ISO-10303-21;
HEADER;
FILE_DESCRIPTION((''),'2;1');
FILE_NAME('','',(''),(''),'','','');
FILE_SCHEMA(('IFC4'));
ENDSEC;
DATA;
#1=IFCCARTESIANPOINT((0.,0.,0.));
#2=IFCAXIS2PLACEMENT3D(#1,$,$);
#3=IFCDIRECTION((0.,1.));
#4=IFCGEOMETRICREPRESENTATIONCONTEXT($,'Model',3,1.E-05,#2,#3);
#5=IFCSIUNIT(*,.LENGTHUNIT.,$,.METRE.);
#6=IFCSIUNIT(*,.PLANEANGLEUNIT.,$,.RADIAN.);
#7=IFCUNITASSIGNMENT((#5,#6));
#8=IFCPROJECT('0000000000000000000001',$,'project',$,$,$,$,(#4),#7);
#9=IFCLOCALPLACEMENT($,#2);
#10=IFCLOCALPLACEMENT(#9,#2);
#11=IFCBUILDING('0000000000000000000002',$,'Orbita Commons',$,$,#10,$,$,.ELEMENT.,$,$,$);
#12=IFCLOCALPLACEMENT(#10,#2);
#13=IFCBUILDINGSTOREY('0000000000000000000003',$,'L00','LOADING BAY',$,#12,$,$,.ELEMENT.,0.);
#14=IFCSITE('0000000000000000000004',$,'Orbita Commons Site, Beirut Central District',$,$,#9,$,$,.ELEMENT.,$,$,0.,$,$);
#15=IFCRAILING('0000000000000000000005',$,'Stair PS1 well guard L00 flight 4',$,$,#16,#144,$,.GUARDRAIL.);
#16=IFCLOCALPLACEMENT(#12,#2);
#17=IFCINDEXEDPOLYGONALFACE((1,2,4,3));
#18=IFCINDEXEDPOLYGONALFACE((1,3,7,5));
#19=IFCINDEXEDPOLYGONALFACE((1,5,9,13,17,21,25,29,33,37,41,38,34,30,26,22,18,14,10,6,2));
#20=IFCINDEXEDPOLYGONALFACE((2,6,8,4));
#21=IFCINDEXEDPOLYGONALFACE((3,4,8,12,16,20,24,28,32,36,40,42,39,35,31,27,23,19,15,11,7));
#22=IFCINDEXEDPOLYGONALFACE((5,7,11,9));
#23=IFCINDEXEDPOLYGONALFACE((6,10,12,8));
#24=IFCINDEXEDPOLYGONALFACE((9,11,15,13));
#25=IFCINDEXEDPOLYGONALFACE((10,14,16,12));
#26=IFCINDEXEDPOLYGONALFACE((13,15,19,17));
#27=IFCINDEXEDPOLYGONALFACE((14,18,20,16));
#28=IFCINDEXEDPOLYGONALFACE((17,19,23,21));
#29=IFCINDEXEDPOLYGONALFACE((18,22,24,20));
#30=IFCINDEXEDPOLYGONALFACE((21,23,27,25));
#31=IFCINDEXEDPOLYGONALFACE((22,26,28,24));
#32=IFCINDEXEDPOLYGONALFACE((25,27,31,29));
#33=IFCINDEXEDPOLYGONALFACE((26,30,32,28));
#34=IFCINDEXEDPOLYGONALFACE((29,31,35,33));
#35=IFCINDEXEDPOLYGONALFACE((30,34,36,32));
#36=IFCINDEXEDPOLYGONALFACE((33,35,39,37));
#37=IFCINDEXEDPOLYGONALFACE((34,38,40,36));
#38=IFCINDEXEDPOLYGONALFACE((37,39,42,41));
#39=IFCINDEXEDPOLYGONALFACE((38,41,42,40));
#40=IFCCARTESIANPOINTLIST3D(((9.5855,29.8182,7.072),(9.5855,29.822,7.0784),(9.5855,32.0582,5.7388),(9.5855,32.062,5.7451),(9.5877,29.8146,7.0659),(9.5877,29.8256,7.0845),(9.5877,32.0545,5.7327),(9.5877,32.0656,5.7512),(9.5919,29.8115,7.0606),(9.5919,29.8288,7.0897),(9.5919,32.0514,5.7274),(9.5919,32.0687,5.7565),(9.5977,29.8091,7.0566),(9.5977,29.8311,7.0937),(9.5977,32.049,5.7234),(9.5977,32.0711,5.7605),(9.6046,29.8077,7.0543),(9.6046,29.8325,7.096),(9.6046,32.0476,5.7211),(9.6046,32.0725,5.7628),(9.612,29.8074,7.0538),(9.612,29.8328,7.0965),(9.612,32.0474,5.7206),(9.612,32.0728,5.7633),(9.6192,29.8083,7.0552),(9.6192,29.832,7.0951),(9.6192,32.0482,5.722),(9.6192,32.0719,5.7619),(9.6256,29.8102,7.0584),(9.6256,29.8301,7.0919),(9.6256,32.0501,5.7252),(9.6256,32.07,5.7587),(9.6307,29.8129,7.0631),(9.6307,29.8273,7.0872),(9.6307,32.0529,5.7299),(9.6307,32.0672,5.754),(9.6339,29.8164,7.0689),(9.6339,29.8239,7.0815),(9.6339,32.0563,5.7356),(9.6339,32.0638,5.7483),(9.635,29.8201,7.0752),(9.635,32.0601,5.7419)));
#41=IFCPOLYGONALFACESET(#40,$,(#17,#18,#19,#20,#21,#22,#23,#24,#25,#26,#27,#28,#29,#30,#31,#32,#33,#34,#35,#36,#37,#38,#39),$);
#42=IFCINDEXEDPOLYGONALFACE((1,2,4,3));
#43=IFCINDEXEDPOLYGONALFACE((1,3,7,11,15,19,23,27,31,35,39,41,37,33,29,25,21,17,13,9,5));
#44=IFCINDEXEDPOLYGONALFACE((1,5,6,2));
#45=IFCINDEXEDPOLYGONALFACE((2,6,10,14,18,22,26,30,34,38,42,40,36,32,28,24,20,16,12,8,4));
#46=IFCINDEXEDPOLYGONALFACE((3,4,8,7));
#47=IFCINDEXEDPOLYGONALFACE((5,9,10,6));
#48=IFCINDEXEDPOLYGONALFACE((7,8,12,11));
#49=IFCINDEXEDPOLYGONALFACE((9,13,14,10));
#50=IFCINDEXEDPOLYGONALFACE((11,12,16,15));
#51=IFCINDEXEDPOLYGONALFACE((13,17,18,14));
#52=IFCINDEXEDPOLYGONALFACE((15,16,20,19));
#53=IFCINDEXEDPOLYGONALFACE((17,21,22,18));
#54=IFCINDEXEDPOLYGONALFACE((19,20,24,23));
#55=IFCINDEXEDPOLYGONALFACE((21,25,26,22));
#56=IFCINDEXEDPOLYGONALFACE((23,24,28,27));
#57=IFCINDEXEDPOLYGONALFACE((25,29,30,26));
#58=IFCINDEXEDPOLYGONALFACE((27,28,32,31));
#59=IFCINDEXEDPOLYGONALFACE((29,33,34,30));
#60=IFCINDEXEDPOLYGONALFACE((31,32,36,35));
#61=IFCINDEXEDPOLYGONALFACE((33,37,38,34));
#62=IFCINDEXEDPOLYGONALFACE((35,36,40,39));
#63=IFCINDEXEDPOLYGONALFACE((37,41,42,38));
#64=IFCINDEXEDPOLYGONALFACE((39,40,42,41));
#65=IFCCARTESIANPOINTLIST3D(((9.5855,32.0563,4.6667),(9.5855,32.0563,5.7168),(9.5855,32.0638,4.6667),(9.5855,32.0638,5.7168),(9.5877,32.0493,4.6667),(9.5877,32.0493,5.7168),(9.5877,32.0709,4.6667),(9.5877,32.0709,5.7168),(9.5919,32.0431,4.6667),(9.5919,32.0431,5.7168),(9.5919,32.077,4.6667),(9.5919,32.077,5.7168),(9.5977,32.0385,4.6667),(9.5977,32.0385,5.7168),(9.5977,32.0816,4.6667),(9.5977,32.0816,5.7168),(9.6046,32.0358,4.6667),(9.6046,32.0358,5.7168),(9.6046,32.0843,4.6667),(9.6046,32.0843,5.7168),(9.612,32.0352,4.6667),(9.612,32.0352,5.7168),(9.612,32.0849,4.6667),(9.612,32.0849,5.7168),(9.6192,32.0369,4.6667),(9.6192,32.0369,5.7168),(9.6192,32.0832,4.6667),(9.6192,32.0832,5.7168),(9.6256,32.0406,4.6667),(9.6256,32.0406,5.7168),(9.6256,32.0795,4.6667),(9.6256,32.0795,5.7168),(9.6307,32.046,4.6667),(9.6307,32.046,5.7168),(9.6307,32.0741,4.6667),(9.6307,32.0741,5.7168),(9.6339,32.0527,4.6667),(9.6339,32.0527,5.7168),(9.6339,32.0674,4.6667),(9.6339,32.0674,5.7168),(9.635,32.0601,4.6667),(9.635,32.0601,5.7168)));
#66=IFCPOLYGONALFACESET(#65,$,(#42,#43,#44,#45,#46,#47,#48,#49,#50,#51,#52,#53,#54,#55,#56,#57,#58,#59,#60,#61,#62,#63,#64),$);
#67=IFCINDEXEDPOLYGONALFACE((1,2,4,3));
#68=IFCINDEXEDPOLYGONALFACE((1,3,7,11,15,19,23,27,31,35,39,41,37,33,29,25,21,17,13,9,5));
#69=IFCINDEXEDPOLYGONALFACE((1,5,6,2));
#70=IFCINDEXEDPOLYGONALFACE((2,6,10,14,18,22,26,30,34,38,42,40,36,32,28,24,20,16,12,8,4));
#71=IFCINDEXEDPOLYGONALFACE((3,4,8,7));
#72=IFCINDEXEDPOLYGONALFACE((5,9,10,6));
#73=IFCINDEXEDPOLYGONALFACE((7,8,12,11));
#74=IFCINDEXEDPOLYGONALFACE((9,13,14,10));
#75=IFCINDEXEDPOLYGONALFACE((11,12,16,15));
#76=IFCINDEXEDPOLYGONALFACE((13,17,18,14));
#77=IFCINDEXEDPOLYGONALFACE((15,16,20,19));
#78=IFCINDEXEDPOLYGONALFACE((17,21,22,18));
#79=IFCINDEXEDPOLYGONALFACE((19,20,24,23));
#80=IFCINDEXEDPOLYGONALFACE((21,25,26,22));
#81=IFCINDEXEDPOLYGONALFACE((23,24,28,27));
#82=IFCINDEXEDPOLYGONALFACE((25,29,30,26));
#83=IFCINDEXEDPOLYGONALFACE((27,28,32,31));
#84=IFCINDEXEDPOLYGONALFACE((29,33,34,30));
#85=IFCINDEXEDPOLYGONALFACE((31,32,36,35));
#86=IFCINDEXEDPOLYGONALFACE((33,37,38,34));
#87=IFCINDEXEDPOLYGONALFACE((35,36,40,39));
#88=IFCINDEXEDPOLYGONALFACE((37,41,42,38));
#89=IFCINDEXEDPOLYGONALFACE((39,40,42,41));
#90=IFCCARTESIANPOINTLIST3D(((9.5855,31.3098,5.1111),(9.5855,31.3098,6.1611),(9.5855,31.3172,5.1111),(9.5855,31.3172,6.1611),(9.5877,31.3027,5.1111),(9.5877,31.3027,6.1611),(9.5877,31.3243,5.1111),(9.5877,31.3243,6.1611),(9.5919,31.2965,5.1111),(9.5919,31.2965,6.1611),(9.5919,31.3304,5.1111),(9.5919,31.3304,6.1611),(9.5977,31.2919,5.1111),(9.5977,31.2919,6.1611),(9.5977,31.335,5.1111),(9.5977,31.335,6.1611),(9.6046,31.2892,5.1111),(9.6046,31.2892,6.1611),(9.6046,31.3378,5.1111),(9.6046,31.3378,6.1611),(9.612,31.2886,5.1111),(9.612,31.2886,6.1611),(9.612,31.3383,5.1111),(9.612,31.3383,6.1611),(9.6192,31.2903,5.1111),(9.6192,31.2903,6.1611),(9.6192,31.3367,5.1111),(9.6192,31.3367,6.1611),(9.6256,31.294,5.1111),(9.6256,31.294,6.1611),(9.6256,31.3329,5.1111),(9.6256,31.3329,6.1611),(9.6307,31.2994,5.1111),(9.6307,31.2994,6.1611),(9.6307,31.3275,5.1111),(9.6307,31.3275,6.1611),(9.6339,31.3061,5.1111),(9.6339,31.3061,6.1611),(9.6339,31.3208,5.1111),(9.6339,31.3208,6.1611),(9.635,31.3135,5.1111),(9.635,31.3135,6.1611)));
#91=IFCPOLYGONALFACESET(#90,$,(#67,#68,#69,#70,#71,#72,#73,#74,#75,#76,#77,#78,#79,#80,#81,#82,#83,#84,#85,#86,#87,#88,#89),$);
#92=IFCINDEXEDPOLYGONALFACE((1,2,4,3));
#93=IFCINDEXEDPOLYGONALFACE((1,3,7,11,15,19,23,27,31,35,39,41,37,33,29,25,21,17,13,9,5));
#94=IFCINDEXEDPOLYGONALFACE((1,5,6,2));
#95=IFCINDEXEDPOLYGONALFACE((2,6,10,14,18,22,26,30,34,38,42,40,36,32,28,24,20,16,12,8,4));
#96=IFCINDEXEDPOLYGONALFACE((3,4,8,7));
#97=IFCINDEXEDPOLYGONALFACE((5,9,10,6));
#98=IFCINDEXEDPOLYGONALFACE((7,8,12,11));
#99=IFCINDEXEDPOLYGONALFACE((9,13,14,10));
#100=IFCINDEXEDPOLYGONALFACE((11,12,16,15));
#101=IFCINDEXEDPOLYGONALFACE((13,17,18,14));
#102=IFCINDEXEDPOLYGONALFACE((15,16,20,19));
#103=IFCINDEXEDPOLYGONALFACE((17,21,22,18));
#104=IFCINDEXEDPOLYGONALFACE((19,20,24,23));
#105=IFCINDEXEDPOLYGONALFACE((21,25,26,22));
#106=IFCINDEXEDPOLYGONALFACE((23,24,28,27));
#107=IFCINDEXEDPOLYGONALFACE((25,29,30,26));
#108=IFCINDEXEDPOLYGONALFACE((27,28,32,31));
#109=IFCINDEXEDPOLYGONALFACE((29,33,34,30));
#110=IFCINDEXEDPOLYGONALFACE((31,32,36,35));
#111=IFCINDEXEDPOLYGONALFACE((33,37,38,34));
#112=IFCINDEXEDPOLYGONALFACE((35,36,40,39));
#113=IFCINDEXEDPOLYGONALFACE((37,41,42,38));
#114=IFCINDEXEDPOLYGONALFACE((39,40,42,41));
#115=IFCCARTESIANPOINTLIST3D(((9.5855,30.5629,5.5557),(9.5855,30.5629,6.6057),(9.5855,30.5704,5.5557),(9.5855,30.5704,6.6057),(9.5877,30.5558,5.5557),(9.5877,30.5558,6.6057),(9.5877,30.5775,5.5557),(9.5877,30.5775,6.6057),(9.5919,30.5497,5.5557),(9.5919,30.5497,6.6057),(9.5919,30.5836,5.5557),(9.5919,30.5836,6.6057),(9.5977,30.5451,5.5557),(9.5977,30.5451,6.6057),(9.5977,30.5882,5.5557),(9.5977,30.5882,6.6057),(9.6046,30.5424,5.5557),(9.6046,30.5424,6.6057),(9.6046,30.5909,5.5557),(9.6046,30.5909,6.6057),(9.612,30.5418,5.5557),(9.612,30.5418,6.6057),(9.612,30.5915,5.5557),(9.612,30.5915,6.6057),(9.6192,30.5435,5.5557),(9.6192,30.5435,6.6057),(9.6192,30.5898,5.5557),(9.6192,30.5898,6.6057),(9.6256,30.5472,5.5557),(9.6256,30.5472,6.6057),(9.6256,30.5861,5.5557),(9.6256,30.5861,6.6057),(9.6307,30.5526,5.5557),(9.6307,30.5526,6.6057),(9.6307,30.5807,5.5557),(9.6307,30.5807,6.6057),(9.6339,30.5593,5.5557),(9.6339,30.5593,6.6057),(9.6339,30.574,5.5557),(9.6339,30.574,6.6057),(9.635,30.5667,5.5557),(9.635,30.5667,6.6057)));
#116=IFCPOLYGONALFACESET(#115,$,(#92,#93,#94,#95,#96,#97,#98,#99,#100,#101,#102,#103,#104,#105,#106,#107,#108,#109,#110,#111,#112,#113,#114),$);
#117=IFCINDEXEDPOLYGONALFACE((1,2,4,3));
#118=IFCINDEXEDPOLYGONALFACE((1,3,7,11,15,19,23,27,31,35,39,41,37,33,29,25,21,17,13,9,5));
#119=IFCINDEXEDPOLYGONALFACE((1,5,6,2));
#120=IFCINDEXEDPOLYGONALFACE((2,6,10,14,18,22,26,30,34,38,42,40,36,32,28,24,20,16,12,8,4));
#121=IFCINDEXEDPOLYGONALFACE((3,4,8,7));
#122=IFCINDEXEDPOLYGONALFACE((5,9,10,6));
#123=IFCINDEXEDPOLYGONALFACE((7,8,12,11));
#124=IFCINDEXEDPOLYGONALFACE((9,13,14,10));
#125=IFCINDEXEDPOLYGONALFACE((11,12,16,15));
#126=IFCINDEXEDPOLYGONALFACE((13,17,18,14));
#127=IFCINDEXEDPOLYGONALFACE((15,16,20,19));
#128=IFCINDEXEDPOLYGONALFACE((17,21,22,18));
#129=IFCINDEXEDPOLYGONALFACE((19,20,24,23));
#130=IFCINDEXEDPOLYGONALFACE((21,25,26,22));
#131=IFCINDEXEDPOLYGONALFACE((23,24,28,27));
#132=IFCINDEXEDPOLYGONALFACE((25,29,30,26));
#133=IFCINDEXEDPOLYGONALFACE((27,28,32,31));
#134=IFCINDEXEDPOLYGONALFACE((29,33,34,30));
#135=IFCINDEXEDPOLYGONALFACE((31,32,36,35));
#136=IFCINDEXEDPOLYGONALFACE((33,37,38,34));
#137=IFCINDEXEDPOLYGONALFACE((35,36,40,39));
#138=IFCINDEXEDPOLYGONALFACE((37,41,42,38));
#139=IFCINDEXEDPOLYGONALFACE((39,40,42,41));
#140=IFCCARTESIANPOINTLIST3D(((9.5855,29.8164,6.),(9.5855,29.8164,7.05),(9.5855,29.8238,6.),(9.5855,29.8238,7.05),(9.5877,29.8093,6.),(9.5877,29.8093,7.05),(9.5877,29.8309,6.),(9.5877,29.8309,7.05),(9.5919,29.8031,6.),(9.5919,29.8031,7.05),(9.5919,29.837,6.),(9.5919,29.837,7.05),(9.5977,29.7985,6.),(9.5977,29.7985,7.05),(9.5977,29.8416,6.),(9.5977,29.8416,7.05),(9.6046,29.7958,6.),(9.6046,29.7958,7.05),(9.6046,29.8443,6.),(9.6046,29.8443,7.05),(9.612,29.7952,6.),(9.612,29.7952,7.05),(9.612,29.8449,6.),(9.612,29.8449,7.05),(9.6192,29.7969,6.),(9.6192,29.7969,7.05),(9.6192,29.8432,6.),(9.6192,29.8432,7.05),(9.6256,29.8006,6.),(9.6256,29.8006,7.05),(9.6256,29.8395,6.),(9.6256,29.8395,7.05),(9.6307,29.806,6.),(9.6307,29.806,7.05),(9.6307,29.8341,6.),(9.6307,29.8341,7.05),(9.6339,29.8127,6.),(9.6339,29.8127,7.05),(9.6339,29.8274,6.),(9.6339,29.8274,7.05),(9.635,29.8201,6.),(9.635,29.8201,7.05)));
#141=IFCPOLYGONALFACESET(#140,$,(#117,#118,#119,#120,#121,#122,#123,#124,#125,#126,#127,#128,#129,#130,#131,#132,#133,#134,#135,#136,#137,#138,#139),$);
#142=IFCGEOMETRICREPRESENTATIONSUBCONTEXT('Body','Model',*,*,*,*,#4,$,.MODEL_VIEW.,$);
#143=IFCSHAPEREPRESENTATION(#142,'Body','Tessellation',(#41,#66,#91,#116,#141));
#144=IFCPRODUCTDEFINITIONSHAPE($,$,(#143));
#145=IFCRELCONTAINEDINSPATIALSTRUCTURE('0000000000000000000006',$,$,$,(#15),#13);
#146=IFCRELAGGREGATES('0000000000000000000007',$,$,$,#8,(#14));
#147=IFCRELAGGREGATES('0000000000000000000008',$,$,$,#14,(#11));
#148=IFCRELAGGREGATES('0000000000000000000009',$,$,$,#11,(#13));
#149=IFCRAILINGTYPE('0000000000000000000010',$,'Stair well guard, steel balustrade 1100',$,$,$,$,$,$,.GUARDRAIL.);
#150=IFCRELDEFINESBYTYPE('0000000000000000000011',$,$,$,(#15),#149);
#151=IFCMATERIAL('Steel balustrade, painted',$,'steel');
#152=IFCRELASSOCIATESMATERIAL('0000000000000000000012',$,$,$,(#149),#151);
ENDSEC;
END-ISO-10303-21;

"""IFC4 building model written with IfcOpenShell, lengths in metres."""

from ifc_helpers import new_model, si_unit, direction, frame, origin, origin_2d, place, context, subcontext, project, spatial, circle, extrude, material, type_object, element, save


model = new_model("IFC4")

# Units and contexts
model_context = context("Model", 3, precision=1e-05, world=origin(), true_north=direction((0.0, 1.0)))
body_context = subcontext(model_context, "Body", "Model", "MODEL_VIEW")
ifc_project = project(units=[si_unit("LENGTHUNIT", "METRE"), si_unit("PLANEANGLEUNIT", "RADIAN")], contexts=[model_context])

# Site, building, storey
site_placement = place(None, origin())
site = spatial("IfcSite", under=ifc_project, at=site_placement, Name="Orbita Commons Site, Beirut Central District", CompositionType="ELEMENT", RefElevation=0.0)
building_placement = place(site_placement, origin())
building = spatial("IfcBuilding", under=site, at=building_placement, Name="Orbita Commons", CompositionType="ELEMENT")
storey_placement = place(building_placement, origin())
storey = spatial("IfcBuildingStorey", under=building, at=storey_placement, Name="L00", Description="LOADING BAY", CompositionType="ELEMENT", Elevation=0.0)

# Railing
ifc_material_1 = material(Name="Steel balustrade, painted", Category="steel")
railing_type_1 = type_object("IfcRailingType", Name="Stair well guard, steel balustrade 1100", PredefinedType="GUARDRAIL", material=ifc_material_1)
railing_1_placement = place(storey_placement, frame((9.6101, 32.0601, 4.6667)))
element("IfcRailing", 1, at=railing_1_placement, inside=storey, type_object=railing_type_1, Name="Stair PS1 well guard L00 flight 4", PredefinedType="GUARDRAIL", context=body_context, shape_type="SweptSolid", body=[
    extrude(circle(Radius=0.0249, at=origin_2d()), frame((0.0, 0.0, 1.0752), z_axis=(0.0, -0.859306, 0.511462), x_axis=(1.0, 0.0, 0.0)), (0.0, 0.0, 1.0), 2.6067),
    extrude(circle(Radius=0.0249, at=origin_2d()), origin(), (0.0, 0.0, 1.0), 1.05),
    extrude(circle(Radius=0.0249, at=origin_2d()), frame((0.0, -0.7466, 0.4443)), (0.0, 0.0, 1.0), 1.05),
    extrude(circle(Radius=0.0249, at=origin_2d()), frame((0.0, -1.4934, 0.8889)), (0.0, 0.0, 1.0), 1.05),
    extrude(circle(Radius=0.0249, at=origin_2d()), frame((0.0, -2.24, 1.3333)), (0.0, 0.0, 1.0), 1.05),
])

save(model, "model.ifc")
